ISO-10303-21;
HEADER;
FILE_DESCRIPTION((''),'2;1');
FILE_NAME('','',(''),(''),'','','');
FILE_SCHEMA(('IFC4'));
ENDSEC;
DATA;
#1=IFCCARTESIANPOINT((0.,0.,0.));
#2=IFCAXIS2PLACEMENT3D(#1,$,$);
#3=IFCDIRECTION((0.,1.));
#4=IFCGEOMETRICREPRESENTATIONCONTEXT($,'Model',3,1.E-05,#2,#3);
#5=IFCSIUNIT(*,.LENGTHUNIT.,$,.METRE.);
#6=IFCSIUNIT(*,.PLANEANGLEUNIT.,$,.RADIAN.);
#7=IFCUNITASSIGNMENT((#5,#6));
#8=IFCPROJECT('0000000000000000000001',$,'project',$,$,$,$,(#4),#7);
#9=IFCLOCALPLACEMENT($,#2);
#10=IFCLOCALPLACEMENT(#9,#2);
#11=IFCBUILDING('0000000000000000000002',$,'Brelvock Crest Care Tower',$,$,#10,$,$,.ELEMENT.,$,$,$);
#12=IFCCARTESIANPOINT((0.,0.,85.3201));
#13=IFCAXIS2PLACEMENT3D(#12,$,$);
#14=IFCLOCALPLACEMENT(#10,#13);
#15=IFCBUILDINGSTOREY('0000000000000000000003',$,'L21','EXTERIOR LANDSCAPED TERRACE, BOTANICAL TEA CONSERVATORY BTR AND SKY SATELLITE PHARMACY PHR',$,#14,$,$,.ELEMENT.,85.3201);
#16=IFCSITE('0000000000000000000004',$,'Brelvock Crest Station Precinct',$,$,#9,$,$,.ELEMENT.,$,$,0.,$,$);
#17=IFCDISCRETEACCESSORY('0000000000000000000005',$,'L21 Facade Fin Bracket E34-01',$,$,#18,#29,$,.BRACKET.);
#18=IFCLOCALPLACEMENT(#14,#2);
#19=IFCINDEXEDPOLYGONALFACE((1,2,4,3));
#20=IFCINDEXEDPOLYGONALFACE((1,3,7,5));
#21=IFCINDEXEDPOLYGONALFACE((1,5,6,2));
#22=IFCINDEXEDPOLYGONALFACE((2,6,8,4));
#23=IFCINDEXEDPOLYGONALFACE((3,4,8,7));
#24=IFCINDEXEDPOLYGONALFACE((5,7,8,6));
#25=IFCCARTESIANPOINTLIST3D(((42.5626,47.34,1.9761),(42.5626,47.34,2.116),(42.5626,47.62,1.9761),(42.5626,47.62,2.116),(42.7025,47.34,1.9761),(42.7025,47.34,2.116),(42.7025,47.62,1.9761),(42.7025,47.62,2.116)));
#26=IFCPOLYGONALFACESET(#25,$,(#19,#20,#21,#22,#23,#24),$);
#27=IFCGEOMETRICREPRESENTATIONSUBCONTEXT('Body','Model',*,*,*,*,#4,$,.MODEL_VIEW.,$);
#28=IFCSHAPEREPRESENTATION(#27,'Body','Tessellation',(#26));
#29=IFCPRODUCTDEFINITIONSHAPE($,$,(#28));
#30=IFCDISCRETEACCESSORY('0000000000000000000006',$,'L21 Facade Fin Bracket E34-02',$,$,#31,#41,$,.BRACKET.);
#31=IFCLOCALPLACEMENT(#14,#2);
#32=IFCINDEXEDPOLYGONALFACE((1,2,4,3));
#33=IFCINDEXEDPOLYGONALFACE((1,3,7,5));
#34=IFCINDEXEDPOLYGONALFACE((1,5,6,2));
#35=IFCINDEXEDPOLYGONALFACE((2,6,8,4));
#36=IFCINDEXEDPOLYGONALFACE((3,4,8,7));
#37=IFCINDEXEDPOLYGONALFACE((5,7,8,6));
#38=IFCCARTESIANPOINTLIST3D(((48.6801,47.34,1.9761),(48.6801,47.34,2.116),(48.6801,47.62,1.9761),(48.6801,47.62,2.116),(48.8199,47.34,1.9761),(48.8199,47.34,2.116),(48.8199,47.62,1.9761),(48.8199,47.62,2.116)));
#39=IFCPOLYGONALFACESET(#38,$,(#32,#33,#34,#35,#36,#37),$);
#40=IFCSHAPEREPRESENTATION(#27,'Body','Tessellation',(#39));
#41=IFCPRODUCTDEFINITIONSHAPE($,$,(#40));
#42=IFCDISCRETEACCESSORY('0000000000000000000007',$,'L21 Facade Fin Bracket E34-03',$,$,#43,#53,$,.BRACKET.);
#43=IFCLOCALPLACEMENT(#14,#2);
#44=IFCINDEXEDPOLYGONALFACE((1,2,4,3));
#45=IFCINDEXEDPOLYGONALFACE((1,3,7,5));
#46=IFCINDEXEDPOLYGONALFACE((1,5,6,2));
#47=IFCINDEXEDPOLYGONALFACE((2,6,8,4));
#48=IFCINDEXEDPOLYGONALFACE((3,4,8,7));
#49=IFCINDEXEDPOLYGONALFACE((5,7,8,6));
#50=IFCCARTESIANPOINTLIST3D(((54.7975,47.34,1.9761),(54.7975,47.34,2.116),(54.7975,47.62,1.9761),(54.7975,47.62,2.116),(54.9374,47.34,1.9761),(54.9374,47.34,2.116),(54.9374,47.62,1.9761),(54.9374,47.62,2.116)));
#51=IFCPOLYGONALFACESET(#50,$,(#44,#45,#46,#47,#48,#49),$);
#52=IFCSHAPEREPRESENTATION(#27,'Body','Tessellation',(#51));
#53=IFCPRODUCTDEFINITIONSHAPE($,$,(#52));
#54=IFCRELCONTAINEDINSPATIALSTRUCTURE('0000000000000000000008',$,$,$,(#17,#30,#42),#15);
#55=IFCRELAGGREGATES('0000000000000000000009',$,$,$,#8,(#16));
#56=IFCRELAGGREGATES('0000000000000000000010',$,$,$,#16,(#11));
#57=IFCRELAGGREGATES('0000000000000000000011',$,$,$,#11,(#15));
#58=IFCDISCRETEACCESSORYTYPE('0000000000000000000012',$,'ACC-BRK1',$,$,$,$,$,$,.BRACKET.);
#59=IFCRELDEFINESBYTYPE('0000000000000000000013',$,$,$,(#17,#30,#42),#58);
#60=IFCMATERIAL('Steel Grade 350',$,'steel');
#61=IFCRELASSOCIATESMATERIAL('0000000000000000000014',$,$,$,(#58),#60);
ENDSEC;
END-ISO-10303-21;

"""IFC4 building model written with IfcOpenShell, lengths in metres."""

from ifc_helpers import new_model, si_unit, direction, frame, origin, origin_2d, place, context, subcontext, project, spatial, rectangle, extrude, source, transform, mapped, material, type_object, element, save


model = new_model("IFC4")

# Units and contexts
model_context = context("Model", 3, precision=1e-05, world=origin(), true_north=direction((0.0, 1.0)))
body_context = subcontext(model_context, "Body", "Model", "MODEL_VIEW")
ifc_project = project(units=[si_unit("LENGTHUNIT", "METRE"), si_unit("PLANEANGLEUNIT", "RADIAN")], contexts=[model_context])

# Site, building, storey
site_placement = place(None, origin())
site = spatial("IfcSite", under=ifc_project, at=site_placement, Name="Brelvock Crest Station Precinct", CompositionType="ELEMENT", RefElevation=0.0)
building_placement = place(site_placement, origin())
building = spatial("IfcBuilding", under=site, at=building_placement, Name="Brelvock Crest Care Tower", CompositionType="ELEMENT")
storey_placement = place(building_placement, frame((0.0, 0.0, 85.3201)))
storey = spatial("IfcBuildingStorey", under=building, at=storey_placement, Name="L21", Description="EXTERIOR LANDSCAPED TERRACE, BOTANICAL TEA CONSERVATORY BTR AND SKY SATELLITE PHARMACY PHR", CompositionType="ELEMENT", Elevation=85.3201)

# Shared definitions
ifc_material_1 = material(Name="Steel Grade 350", Category="steel")

# Discrete accessories
discrete_accessory_type = type_object("IfcDiscreteAccessoryType", Name="ACC-BRK1", PredefinedType="BRACKET", material=ifc_material_1)
shared_shape_1 = source(origin(), body_context, "Body", "SweptSolid", [
    extrude(rectangle(XDim=0.28, YDim=0.1399, at=origin_2d()), origin(), (0.0, 0.0, 1.0), 0.1399),
])
for number, where, z_axis, x_axis, name in (
    (1, (42.6326, 47.48, 1.9761), (0.0, 0.0, 1.0), (0.0, 1.0, 0.0), "L21 Facade Fin Bracket E34-01"),
    (2, (48.75, 47.48, 1.9761), (0.0, 0.0, 1.0), (0.0, 1.0, 0.0), "L21 Facade Fin Bracket E34-02"),
    (3, (54.8674, 47.48, 1.9761), (0.0, 0.0, 1.0), (0.0, 1.0, 0.0), "L21 Facade Fin Bracket E34-03"),
):
    element("IfcDiscreteAccessory", number, at=place(storey_placement, frame(where, z_axis=z_axis, x_axis=x_axis)), inside=storey, type_object=discrete_accessory_type, Name=name, PredefinedType="BRACKET", context=body_context, shape_type="MappedRepresentation", body=[
        mapped(shared_shape_1, transform((0.0, 0.0, 0.0), x_axis=(1.0, 0.0, 0.0), y_axis=(0.0, 1.0, 0.0), z_axis=(0.0, 0.0, 1.0), scale=1.0)),
    ])

save(model, "model.ifc")
